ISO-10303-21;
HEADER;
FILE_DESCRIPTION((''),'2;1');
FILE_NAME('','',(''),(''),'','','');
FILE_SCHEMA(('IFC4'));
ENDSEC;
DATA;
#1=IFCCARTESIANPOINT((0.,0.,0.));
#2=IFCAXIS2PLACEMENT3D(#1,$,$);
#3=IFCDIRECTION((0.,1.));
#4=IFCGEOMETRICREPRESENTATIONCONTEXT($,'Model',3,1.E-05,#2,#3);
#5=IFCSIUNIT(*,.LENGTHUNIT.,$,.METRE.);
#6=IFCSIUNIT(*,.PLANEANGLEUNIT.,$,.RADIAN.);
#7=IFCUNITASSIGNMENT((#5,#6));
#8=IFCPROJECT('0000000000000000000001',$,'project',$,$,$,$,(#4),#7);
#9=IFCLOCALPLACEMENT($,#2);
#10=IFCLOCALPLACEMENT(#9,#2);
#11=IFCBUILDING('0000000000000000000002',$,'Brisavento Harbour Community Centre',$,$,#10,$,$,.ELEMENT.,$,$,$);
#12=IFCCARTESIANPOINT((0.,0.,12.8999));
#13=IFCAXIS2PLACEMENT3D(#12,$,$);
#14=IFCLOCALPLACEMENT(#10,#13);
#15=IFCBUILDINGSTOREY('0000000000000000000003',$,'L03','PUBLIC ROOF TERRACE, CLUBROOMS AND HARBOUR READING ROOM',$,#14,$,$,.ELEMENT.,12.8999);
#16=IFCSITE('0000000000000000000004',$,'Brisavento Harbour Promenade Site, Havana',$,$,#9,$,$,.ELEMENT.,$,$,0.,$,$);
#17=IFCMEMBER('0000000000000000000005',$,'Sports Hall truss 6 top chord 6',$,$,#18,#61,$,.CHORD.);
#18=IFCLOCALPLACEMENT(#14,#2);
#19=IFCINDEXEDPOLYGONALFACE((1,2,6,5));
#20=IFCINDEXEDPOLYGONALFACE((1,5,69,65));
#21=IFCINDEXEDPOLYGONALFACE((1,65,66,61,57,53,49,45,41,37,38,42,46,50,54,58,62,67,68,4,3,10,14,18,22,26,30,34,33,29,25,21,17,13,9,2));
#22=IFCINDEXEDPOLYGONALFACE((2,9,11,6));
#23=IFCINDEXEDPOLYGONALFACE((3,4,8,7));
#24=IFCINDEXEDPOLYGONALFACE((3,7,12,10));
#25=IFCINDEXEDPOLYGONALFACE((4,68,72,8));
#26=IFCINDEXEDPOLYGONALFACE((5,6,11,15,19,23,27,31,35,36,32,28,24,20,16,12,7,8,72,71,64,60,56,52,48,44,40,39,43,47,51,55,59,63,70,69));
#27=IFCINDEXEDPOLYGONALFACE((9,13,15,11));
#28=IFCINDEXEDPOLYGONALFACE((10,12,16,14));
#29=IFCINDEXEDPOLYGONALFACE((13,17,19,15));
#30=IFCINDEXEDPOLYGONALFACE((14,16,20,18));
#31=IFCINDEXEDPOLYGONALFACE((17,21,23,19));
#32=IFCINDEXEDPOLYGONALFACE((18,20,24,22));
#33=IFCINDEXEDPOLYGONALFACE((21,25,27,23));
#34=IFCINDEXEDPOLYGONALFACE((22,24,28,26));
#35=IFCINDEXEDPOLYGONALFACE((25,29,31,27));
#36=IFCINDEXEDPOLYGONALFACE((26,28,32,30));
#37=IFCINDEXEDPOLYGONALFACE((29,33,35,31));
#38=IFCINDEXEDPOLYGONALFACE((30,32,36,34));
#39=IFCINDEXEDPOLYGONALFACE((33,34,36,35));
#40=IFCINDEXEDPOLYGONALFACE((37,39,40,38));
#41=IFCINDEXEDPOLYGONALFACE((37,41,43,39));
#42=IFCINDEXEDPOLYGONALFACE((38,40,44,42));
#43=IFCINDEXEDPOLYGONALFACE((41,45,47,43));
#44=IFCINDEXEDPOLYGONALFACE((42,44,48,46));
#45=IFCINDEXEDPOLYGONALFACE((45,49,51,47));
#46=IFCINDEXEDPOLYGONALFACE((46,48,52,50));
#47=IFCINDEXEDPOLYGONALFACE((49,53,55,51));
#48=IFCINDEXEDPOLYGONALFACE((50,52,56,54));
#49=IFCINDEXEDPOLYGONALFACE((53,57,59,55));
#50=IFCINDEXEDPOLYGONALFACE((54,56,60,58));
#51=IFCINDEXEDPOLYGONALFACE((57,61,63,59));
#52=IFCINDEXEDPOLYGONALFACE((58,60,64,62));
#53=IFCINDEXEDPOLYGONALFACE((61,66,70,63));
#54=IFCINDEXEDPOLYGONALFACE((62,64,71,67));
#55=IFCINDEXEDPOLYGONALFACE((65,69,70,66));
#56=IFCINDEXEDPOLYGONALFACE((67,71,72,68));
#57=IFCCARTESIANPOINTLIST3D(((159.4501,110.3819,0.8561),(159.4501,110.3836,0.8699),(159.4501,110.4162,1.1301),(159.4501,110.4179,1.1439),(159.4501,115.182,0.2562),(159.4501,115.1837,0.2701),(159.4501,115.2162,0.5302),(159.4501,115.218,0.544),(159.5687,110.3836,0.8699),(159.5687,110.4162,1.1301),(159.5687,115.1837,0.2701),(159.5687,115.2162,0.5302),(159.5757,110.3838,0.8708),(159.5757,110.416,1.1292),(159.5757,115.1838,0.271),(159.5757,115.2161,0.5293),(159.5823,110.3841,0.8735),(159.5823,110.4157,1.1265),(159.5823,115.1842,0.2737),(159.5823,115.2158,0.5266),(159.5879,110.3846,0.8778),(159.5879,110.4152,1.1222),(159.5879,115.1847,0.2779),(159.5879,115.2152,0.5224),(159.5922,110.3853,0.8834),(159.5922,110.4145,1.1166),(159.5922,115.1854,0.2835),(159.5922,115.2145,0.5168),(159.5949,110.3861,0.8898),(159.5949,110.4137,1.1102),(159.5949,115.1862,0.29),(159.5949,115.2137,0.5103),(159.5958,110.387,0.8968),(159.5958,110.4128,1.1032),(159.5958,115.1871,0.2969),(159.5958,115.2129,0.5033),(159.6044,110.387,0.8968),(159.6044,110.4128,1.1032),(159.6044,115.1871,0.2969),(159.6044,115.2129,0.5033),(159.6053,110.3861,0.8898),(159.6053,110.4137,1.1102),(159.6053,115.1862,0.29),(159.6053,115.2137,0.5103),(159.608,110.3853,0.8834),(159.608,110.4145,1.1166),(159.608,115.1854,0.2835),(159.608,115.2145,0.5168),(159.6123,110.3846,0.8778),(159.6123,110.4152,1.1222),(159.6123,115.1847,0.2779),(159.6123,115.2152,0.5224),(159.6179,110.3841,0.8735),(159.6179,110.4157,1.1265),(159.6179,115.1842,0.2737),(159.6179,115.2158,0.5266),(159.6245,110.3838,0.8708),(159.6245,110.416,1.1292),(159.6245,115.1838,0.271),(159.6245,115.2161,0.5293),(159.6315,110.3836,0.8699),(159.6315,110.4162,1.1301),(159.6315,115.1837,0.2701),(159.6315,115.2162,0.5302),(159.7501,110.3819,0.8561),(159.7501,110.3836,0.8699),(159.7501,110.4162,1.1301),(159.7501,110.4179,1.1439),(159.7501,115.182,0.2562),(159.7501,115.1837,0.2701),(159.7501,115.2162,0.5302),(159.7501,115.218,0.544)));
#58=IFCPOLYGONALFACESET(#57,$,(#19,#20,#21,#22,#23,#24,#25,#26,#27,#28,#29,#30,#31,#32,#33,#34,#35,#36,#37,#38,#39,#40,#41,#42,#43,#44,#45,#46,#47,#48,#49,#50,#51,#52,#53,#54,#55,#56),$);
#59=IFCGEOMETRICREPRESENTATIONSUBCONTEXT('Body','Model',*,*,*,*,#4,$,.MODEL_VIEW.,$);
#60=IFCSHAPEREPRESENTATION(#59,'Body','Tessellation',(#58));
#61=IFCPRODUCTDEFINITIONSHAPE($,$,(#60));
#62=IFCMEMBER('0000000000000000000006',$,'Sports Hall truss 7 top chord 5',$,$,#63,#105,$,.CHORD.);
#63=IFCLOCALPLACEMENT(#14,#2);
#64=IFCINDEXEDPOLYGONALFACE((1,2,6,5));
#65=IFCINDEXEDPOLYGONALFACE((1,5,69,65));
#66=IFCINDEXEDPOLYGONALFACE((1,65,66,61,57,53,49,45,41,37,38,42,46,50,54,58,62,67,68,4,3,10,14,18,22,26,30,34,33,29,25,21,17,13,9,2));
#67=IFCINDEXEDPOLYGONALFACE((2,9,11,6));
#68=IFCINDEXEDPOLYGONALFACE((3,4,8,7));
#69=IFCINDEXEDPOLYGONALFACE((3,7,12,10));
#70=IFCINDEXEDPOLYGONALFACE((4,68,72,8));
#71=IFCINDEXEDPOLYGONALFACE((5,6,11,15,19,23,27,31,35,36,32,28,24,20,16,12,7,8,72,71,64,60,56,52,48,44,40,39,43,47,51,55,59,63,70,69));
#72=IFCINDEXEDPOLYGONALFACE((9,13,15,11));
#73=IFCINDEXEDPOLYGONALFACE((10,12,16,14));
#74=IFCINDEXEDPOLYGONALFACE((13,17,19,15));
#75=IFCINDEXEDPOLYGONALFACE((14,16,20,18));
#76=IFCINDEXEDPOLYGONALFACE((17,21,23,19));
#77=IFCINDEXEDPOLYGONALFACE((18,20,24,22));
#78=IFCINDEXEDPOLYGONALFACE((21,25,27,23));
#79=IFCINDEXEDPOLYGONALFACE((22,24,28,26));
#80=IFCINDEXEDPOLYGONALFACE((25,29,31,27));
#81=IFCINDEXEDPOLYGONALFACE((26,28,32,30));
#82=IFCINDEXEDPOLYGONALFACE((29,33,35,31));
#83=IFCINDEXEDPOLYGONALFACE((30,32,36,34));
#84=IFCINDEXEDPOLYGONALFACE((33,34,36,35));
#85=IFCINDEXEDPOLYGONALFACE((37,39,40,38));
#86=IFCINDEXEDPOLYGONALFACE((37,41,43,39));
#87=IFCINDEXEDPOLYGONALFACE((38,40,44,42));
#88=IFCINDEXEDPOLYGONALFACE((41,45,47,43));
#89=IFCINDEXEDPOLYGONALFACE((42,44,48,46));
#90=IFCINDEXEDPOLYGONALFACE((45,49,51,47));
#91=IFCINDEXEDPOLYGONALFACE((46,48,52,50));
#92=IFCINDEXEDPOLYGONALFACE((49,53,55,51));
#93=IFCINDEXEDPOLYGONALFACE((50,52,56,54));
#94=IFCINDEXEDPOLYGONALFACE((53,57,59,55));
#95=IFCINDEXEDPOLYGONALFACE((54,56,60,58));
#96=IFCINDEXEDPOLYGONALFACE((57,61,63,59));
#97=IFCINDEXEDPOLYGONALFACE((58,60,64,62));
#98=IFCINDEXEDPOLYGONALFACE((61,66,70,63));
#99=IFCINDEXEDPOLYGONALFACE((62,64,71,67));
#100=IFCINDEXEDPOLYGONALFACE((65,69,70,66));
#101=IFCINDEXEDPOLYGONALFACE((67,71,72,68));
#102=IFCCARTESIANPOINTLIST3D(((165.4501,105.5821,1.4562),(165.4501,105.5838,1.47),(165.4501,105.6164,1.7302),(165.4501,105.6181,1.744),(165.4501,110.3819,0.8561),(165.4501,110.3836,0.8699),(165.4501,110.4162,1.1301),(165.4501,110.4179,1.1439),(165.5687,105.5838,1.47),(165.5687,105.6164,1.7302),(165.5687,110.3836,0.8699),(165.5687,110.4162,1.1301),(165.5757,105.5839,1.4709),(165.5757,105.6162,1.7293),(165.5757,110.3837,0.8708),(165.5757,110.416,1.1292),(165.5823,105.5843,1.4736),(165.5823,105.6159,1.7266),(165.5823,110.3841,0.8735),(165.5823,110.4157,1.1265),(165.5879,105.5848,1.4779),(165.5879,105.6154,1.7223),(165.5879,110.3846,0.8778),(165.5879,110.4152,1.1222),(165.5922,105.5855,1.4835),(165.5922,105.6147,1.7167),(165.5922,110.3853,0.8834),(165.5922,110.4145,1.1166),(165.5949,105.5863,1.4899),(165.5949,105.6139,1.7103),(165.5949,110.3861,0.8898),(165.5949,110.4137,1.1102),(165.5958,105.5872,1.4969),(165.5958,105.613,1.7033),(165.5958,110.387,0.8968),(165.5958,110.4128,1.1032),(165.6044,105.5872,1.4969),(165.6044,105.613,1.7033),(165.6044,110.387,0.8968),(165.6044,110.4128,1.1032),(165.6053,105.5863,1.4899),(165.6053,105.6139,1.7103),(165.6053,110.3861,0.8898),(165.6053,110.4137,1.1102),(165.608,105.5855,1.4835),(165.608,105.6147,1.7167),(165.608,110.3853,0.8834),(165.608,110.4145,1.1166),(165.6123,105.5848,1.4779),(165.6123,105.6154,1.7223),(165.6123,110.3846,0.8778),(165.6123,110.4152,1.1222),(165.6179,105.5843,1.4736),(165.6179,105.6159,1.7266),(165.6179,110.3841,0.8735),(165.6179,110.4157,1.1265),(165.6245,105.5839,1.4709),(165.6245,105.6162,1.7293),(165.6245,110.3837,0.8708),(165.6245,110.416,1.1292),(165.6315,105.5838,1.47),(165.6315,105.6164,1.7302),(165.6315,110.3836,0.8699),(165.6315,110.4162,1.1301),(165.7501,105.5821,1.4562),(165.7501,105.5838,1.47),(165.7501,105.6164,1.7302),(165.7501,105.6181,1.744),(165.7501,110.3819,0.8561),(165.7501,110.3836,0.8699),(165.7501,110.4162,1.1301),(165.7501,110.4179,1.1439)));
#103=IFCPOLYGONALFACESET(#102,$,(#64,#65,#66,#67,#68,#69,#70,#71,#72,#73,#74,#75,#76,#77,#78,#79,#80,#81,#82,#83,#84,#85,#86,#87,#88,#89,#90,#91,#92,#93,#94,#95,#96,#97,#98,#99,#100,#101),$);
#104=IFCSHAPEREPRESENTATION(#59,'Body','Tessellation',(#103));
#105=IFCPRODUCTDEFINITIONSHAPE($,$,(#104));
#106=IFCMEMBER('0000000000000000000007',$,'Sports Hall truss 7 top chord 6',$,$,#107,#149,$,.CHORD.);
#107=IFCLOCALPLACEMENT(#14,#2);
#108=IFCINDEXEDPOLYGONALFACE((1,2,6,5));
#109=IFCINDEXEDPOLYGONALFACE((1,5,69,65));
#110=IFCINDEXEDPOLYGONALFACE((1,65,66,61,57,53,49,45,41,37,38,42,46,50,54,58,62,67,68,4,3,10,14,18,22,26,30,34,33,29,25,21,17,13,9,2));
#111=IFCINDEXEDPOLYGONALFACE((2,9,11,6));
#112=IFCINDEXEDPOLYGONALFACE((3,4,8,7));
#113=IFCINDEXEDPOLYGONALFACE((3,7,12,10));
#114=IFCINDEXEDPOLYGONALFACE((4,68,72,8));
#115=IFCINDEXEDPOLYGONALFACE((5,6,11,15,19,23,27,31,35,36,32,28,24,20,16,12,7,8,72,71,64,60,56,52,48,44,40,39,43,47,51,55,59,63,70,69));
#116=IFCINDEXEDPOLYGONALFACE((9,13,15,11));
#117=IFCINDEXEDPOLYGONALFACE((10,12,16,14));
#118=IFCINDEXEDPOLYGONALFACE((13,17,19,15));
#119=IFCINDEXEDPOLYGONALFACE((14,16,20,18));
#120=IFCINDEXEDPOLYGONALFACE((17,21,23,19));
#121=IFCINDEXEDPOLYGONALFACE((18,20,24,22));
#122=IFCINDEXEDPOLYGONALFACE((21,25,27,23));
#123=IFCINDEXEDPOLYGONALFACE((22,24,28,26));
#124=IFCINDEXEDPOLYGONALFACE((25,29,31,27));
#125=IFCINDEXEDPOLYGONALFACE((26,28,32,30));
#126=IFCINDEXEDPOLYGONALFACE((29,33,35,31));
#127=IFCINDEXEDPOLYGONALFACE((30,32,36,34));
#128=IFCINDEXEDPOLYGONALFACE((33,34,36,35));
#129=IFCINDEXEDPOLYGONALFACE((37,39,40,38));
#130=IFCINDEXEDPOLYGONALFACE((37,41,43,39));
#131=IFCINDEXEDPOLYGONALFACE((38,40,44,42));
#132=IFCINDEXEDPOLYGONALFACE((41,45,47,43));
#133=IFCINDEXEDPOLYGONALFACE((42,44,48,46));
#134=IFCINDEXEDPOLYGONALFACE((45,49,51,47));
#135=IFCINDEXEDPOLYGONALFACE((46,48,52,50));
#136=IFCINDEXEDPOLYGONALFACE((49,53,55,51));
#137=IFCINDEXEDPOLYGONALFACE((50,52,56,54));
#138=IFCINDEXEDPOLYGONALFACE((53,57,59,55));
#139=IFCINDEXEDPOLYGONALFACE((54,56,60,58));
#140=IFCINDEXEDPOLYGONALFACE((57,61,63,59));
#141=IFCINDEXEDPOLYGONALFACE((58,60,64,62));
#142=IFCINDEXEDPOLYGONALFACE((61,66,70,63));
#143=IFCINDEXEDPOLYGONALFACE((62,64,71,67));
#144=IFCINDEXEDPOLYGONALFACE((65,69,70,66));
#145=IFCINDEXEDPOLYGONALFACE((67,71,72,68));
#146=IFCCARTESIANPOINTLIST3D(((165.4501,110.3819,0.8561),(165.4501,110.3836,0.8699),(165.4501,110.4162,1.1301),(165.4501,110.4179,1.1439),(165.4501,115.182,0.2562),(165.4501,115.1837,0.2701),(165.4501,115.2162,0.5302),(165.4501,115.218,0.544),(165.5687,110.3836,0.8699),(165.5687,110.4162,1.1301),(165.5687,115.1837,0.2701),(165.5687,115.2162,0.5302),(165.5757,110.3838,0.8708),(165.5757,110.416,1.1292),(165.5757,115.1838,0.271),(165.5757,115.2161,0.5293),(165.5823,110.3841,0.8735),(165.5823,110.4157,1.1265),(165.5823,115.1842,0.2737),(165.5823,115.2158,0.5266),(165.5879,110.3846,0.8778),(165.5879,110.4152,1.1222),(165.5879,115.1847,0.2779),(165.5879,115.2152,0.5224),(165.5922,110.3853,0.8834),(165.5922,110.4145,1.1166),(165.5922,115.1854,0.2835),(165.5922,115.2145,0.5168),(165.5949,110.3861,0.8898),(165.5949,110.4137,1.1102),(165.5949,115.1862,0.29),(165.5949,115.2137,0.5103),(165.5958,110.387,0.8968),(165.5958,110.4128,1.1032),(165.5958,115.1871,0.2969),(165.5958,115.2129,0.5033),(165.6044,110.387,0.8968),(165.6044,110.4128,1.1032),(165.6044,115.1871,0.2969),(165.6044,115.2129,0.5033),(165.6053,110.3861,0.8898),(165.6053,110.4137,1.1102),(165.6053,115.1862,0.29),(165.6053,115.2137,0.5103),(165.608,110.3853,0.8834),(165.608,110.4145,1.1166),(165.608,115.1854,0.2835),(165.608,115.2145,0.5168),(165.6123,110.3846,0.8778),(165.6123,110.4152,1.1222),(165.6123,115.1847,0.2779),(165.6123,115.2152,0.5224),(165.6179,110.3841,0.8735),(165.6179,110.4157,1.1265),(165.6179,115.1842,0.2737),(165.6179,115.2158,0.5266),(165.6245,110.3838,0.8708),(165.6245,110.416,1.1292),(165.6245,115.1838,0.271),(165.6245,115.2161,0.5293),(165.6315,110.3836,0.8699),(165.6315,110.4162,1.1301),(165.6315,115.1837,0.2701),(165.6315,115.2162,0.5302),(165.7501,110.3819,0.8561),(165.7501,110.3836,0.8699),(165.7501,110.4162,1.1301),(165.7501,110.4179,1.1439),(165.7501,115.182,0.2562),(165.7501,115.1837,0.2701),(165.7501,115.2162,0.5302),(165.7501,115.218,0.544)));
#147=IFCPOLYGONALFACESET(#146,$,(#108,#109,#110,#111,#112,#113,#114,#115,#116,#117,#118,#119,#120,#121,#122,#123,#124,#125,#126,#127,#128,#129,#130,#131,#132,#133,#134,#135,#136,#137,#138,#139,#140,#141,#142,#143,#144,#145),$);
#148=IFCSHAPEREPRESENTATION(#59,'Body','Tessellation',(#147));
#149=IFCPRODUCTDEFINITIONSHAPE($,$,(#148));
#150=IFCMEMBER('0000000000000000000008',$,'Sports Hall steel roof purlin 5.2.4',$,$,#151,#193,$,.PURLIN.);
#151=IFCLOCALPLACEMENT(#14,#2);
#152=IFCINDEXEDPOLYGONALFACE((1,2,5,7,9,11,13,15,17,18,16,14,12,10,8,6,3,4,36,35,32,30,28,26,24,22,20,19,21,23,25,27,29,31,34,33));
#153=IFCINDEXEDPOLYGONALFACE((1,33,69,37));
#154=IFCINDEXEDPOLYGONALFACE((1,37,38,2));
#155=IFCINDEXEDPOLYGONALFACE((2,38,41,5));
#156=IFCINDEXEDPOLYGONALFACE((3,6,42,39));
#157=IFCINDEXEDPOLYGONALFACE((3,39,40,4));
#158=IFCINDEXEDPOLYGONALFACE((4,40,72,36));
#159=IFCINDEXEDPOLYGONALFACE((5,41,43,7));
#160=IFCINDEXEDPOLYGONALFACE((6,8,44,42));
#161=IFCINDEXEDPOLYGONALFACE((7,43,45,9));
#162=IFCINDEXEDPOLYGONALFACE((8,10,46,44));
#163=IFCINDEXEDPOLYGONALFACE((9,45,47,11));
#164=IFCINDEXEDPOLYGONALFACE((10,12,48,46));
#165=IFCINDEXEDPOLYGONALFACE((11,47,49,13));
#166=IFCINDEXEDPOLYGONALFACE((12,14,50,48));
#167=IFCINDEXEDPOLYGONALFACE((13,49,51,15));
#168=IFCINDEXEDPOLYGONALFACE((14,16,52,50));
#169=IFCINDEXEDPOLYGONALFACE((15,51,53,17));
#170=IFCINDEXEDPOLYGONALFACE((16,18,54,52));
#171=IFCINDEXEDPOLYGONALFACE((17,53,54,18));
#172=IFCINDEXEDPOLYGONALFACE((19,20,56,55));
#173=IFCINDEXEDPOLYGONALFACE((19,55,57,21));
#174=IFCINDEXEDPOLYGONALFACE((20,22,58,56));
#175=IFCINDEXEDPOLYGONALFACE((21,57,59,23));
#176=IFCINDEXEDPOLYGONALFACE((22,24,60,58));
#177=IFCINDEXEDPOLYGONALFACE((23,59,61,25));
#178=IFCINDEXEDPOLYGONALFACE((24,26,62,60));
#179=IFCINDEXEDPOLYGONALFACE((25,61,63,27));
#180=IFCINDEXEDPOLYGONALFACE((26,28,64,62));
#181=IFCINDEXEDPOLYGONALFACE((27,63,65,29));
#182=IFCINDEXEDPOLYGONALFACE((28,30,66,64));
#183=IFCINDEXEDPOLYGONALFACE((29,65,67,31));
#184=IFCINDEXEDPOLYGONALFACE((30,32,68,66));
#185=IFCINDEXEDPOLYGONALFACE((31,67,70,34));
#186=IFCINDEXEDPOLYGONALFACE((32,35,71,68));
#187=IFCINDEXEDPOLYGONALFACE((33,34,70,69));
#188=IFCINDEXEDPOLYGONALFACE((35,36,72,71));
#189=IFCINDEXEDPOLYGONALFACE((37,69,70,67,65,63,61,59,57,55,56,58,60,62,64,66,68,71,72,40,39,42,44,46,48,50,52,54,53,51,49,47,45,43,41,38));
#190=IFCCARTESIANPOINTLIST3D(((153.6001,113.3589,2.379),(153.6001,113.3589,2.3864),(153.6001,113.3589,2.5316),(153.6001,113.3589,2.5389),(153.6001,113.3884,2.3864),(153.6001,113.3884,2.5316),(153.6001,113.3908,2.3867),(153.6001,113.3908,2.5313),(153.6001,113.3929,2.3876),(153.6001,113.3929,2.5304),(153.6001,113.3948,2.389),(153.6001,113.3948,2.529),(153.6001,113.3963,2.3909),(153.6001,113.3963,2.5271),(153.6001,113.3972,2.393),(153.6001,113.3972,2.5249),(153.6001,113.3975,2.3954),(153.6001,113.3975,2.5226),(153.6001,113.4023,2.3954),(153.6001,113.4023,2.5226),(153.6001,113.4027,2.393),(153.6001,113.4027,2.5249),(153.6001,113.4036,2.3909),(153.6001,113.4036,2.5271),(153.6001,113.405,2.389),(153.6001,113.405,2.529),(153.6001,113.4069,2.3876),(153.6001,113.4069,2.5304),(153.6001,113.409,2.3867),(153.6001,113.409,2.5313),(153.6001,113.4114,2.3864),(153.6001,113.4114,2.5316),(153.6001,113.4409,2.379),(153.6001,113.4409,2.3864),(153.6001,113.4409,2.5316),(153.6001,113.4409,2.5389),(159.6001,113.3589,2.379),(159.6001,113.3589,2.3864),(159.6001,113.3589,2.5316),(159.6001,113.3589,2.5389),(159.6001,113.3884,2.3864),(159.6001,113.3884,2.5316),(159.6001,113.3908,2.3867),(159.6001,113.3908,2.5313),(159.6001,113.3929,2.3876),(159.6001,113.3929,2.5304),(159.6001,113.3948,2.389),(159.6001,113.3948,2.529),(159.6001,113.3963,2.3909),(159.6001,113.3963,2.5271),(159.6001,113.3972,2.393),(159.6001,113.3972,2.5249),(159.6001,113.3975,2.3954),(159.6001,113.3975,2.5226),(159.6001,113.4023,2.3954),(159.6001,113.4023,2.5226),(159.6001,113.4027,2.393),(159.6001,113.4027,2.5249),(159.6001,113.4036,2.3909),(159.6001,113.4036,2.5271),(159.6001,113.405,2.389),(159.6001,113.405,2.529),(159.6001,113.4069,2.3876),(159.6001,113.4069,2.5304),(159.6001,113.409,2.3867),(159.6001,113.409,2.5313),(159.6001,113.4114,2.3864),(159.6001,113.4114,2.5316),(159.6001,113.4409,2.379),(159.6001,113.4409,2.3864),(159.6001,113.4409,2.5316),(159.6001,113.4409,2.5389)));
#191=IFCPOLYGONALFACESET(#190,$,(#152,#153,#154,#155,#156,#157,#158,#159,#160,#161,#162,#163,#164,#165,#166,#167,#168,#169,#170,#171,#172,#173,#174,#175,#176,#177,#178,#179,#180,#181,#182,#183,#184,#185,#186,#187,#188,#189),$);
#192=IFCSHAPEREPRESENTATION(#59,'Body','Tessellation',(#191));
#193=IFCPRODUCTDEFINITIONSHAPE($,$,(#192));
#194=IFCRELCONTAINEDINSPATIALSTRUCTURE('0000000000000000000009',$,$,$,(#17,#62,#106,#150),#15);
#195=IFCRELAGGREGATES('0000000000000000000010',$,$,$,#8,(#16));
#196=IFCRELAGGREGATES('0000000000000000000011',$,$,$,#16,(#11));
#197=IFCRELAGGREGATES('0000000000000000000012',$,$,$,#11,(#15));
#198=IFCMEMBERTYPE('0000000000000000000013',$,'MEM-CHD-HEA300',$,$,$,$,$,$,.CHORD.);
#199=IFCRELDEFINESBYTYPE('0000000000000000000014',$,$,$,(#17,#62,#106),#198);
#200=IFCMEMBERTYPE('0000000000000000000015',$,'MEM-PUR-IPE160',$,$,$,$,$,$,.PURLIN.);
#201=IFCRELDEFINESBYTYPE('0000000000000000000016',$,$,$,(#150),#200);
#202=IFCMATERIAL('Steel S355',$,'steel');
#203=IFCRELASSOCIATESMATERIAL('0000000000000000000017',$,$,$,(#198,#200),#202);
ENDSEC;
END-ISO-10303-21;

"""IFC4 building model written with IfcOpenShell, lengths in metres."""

from ifc_helpers import new_model, si_unit, direction, frame, origin, origin_2d, place, context, subcontext, project, spatial, i_section, extrude, material, material_profile, profile_set, type_object, element, save


model = new_model("IFC4")

# Units and contexts
model_context = context("Model", 3, precision=1e-05, world=origin(), true_north=direction((0.0, 1.0)))
body_context = subcontext(model_context, "Body", "Model", "MODEL_VIEW")
ifc_project = project(units=[si_unit("LENGTHUNIT", "METRE"), si_unit("PLANEANGLEUNIT", "RADIAN")], contexts=[model_context])

# Site, building, storey
site_placement = place(None, origin())
site = spatial("IfcSite", under=ifc_project, at=site_placement, Name="Brisavento Harbour Promenade Site, Havana", CompositionType="ELEMENT", RefElevation=0.0)
building_placement = place(site_placement, origin())
building = spatial("IfcBuilding", under=site, at=building_placement, Name="Brisavento Harbour Community Centre", CompositionType="ELEMENT")
storey_placement = place(building_placement, frame((0.0, 0.0, 12.8999)))
storey = spatial("IfcBuildingStorey", under=building, at=storey_placement, Name="L03", Description="PUBLIC ROOF TERRACE, CLUBROOMS AND HARBOUR READING ROOM", CompositionType="ELEMENT", Elevation=12.8999)

# Members
ifc_material = material(Name="Steel S355", Category="steel")
ifc_material_profile_1 = material_profile(ifc_material, i_section(OverallWidth=0.3, OverallDepth=0.29, WebThickness=0.0085, FlangeThickness=0.0139, FilletRadius=0.0271, at=origin_2d()), Name="Steel S355")
ifc_profile_set_1 = profile_set([ifc_material_profile_1], Name="Steel S355")
member_type_1 = type_object("IfcMemberType", Name="MEM-CHD-HEA300", PredefinedType="CHORD", material=ifc_profile_set_1)
member_1_placement = place(storey_placement, frame((159.6001, 110.3999, 1.0), z_axis=(0.0, 0.992282, -0.124004), x_axis=(-1.0, 0.0, 0.0)))
element("IfcMember", 1, at=member_1_placement, inside=storey, type_object=member_type_1, Name="Sports Hall truss 6 top chord 6", PredefinedType="CHORD", context=body_context, shape_type="SweptSolid", body=[
    extrude(i_section(OverallWidth=0.3, OverallDepth=0.29, WebThickness=0.0085, FlangeThickness=0.0139, FilletRadius=0.0271, at=origin_2d()), origin(), (0.0, 0.0, 1.0), 4.8374),
])
member_2_placement = place(storey_placement, frame((165.6001, 105.6001, 1.6001), z_axis=(0.0, 0.992275, -0.12406), x_axis=(-1.0, 0.0, 0.0)))
element("IfcMember", 2, at=member_2_placement, inside=storey, type_object=member_type_1, Name="Sports Hall truss 7 top chord 5", PredefinedType="CHORD", context=body_context, shape_type="SweptSolid", body=[
    extrude(i_section(OverallWidth=0.3, OverallDepth=0.29, WebThickness=0.0085, FlangeThickness=0.0139, FilletRadius=0.0271, at=origin_2d()), origin(), (0.0, 0.0, 1.0), 4.8372),
])
member_3_placement = place(storey_placement, frame((165.6001, 110.3999, 1.0), z_axis=(0.0, 0.992282, -0.124004), x_axis=(-1.0, 0.0, 0.0)))
element("IfcMember", 3, at=member_3_placement, inside=storey, type_object=member_type_1, Name="Sports Hall truss 7 top chord 6", PredefinedType="CHORD", context=body_context, shape_type="SweptSolid", body=[
    extrude(i_section(OverallWidth=0.3, OverallDepth=0.29, WebThickness=0.0085, FlangeThickness=0.0139, FilletRadius=0.0271, at=origin_2d()), origin(), (0.0, 0.0, 1.0), 4.8374),
])
ifc_material_profile_2 = material_profile(ifc_material, i_section(OverallWidth=0.082, OverallDepth=0.1599, WebThickness=0.0049, FlangeThickness=0.0073, FilletRadius=0.009, at=origin_2d()), Name="Steel S355")
ifc_profile_set_2 = profile_set([ifc_material_profile_2], Name="Steel S355")
member_type_2 = type_object("IfcMemberType", Name="MEM-PUR-IPE160", PredefinedType="PURLIN", material=ifc_profile_set_2)
for number, where, z_axis, x_axis, name in (
    (4, (153.6001, 113.3999, 2.459), (1.0, 0.0, 0.0), (0.0, 1.0, 0.0), "Sports Hall steel roof purlin 5.2.4"),
):
    element("IfcMember", number, at=place(storey_placement, frame(where, z_axis=z_axis, x_axis=x_axis)), inside=storey, type_object=member_type_2, Name=name, PredefinedType="PURLIN", context=body_context, shape_type="SweptSolid", body=[
        extrude(i_section(OverallWidth=0.082, OverallDepth=0.1599, WebThickness=0.0049, FlangeThickness=0.0073, FilletRadius=0.009, at=origin_2d()), origin(), (0.0, 0.0, 1.0), 6.0),
    ])

save(model, "model.ifc")
